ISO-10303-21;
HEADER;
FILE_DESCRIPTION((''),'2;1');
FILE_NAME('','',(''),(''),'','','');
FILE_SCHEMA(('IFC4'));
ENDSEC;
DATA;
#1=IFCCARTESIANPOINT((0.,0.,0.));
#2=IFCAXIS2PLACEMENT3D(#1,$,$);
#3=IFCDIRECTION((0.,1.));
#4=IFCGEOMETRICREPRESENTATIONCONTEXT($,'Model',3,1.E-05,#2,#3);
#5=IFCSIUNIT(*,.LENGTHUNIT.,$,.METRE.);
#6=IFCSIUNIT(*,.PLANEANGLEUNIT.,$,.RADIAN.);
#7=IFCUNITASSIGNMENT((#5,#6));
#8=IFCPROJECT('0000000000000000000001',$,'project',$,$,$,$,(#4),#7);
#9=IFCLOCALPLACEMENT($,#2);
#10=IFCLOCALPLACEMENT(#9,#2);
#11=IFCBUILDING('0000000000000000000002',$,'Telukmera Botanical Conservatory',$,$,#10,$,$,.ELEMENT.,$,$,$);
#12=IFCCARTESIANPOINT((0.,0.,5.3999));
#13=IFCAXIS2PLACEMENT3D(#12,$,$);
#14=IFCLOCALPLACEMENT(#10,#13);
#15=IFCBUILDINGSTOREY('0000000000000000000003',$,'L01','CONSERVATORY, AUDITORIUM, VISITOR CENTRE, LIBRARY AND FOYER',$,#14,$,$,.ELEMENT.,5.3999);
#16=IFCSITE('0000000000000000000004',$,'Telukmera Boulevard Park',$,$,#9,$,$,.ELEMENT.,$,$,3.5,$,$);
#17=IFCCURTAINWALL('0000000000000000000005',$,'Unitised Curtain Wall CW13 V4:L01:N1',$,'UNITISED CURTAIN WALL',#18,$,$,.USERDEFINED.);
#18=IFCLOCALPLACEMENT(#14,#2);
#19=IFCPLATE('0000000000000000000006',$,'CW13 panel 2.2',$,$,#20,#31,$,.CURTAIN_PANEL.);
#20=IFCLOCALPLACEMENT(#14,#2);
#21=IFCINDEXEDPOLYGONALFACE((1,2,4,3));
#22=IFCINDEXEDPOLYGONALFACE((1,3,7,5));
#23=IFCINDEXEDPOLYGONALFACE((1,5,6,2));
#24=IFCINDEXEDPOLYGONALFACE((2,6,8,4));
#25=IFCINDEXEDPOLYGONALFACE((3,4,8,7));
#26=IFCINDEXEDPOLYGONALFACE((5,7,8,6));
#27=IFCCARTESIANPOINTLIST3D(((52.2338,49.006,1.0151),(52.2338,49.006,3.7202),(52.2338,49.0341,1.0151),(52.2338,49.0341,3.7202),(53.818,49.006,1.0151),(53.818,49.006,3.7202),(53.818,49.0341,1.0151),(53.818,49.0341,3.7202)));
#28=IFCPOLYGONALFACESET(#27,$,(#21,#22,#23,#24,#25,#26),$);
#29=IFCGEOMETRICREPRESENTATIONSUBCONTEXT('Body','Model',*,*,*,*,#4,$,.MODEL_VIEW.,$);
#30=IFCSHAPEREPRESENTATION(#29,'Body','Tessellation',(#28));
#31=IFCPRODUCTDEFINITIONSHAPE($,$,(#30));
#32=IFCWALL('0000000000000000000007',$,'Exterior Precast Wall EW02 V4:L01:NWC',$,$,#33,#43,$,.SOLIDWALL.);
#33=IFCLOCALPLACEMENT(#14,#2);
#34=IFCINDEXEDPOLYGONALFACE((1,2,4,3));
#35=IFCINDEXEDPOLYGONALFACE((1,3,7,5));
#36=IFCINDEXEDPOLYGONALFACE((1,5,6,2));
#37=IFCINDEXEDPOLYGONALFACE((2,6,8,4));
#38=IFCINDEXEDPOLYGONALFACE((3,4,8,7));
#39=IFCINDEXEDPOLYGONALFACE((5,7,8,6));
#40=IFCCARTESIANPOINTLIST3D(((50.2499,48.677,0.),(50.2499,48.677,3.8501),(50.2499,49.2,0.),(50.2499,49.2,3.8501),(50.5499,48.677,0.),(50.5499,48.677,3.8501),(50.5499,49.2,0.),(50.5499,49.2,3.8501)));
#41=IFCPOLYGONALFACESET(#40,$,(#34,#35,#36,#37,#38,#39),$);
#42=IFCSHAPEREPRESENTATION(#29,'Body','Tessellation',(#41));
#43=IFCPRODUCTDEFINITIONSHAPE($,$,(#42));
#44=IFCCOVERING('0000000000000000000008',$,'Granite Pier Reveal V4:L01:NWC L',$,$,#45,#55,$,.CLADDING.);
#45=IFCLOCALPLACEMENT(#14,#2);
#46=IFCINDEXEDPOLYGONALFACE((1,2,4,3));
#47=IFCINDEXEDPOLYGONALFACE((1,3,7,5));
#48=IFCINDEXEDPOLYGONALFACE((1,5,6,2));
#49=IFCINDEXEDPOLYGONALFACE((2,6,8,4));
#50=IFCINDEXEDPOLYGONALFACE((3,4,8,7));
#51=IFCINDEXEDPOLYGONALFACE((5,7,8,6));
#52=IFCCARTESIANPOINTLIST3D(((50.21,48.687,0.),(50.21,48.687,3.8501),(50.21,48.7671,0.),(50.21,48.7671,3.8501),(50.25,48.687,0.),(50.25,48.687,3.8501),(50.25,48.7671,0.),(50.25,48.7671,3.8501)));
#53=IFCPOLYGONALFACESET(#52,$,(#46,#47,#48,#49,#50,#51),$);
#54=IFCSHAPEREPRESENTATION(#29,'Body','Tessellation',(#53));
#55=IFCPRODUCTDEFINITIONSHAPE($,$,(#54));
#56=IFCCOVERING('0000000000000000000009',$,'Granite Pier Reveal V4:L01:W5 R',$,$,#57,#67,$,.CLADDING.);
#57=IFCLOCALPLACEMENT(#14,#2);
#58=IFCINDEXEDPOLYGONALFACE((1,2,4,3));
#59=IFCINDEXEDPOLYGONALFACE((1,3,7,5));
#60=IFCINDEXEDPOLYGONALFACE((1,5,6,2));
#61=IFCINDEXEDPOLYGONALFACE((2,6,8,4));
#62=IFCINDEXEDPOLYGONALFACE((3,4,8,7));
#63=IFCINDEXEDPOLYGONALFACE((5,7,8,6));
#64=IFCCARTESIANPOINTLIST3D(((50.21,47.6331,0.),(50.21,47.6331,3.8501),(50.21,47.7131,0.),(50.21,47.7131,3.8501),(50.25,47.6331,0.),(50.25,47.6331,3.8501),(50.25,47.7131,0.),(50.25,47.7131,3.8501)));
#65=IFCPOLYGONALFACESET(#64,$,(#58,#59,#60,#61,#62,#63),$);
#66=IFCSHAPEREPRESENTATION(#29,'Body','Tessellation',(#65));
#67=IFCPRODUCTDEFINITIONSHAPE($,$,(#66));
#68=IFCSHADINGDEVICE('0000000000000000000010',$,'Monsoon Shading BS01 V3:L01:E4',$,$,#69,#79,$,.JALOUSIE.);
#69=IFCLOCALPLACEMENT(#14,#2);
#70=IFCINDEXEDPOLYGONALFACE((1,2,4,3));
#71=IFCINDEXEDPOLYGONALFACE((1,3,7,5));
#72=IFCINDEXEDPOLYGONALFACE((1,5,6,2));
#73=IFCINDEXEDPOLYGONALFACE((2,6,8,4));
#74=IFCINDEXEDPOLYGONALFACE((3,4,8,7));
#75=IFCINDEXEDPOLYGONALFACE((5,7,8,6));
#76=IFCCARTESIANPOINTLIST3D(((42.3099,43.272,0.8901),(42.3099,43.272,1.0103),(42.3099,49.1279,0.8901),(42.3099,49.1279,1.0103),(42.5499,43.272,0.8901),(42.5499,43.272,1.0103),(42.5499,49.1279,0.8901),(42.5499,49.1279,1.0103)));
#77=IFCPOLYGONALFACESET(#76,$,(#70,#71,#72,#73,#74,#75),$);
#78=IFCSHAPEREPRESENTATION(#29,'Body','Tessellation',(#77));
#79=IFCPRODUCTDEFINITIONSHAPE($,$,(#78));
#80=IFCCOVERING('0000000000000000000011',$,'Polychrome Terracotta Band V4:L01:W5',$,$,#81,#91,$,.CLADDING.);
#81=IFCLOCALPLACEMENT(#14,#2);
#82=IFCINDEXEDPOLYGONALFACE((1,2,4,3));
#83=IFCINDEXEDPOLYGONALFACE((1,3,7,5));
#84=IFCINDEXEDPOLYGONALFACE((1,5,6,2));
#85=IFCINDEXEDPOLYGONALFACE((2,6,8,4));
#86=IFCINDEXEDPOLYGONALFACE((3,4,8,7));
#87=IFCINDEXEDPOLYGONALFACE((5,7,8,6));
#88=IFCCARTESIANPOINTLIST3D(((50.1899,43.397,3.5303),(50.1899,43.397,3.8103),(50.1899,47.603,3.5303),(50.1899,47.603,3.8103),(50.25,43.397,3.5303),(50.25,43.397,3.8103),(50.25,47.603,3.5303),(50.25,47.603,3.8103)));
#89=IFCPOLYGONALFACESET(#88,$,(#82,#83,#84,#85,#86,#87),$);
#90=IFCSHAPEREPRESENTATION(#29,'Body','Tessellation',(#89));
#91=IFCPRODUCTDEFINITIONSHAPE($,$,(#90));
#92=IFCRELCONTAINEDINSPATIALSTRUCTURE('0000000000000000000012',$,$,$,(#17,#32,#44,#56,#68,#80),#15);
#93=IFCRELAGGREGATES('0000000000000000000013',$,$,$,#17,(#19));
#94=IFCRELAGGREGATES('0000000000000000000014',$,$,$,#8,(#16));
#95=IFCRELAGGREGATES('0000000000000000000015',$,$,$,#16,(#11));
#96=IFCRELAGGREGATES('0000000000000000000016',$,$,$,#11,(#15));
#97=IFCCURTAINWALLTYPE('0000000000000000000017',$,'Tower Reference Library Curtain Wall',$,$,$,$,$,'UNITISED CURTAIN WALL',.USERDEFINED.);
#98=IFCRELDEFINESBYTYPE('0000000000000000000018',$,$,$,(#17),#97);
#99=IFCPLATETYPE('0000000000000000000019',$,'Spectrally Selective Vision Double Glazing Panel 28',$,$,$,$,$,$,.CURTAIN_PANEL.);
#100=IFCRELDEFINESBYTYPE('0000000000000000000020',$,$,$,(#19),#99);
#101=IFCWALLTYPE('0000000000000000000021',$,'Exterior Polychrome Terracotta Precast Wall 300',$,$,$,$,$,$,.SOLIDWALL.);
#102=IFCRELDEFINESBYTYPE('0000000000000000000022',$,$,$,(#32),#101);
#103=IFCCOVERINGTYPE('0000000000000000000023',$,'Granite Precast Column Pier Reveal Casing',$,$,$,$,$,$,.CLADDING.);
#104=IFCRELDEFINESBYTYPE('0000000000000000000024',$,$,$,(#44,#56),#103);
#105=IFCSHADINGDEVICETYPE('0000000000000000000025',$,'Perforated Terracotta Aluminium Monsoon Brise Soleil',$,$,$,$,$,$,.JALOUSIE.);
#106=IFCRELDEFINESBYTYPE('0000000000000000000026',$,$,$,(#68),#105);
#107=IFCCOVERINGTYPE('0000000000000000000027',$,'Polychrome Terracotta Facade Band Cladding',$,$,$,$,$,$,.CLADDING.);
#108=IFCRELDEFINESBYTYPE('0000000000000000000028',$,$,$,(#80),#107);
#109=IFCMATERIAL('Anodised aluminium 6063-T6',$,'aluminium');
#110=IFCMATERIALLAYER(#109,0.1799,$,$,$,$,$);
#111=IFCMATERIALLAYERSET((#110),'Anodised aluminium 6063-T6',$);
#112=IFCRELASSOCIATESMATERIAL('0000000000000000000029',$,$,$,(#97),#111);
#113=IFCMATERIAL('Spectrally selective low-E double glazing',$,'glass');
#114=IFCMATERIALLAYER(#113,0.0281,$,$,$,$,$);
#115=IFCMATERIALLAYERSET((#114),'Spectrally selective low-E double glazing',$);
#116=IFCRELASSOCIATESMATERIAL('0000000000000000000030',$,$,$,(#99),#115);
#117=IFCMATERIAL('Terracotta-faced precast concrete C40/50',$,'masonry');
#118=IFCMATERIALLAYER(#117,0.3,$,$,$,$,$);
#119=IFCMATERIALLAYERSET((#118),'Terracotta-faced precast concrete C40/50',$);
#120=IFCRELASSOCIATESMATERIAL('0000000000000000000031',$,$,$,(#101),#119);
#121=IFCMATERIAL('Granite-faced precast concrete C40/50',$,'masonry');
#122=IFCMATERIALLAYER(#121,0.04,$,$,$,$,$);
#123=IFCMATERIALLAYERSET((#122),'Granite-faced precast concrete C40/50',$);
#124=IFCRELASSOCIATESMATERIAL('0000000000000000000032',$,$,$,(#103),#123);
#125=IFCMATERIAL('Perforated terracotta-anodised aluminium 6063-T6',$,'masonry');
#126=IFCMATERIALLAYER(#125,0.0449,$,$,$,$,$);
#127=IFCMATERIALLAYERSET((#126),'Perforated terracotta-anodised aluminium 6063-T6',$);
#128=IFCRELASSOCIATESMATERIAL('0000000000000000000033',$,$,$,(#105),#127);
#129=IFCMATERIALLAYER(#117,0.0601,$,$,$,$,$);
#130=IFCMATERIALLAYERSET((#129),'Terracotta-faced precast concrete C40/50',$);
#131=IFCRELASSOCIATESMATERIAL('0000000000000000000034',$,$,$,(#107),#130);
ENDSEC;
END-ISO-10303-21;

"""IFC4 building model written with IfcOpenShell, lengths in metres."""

from ifc_helpers import new_model, si_unit, direction, frame, frame_2d, origin, origin_2d, place, context, subcontext, project, spatial, rectangle, extrude, material, layer, layer_set, type_object, element, aggregate, save


model = new_model("IFC4")

# Units and contexts
model_context = context("Model", 3, precision=1e-05, world=origin(), true_north=direction((0.0, 1.0)))
body_context = subcontext(model_context, "Body", "Model", "MODEL_VIEW")
ifc_project = project(units=[si_unit("LENGTHUNIT", "METRE"), si_unit("PLANEANGLEUNIT", "RADIAN")], contexts=[model_context])

# Site, building, storey
site_placement = place(None, origin())
site = spatial("IfcSite", under=ifc_project, at=site_placement, Name="Telukmera Boulevard Park", CompositionType="ELEMENT", RefElevation=3.5)
building_placement = place(site_placement, origin())
building = spatial("IfcBuilding", under=site, at=building_placement, Name="Telukmera Botanical Conservatory", CompositionType="ELEMENT")
storey_placement = place(building_placement, frame((0.0, 0.0, 5.3999)))
storey = spatial("IfcBuildingStorey", under=building, at=storey_placement, Name="L01", Description="CONSERVATORY, AUDITORIUM, VISITOR CENTRE, LIBRARY AND FOYER", CompositionType="ELEMENT", Elevation=5.3999)

# Curtain wall, plate
ifc_material_1 = material(Name="Anodised aluminium 6063-T6", Category="aluminium")
ifc_layer_1 = layer(ifc_material_1, 0.1799)
ifc_layer_set_1 = layer_set([ifc_layer_1], Name="Anodised aluminium 6063-T6")
curtain_wall_type = type_object("IfcCurtainWallType", Name="Tower Reference Library Curtain Wall", ElementType="UNITISED CURTAIN WALL", PredefinedType="USERDEFINED", material=ifc_layer_set_1)
curtain_wall_placement = place(storey_placement, origin())
curtain_wall = element("IfcCurtainWall", 1, at=curtain_wall_placement, inside=storey, type_object=curtain_wall_type, Name="Unitised Curtain Wall CW13 V4:L01:N1", ObjectType="UNITISED CURTAIN WALL", PredefinedType="USERDEFINED")
ifc_material_2 = material(Name="Spectrally selective low-E double glazing", Category="glass")
ifc_layer_2 = layer(ifc_material_2, 0.0281)
ifc_layer_set_2 = layer_set([ifc_layer_2], Name="Spectrally selective low-E double glazing")
plate_type = type_object("IfcPlateType", Name="Spectrally Selective Vision Double Glazing Panel 28", PredefinedType="CURTAIN_PANEL", material=ifc_layer_set_2)
plate_1_placement = place(storey_placement, frame((53.0259, 49.02, 1.0151), z_axis=(0.0, 0.0, 1.0), x_axis=(1.0, 0.0, 0.0)))
plate_1 = element("IfcPlate", 2, at=plate_1_placement, type_object=plate_type, Name="CW13 panel 2.2", PredefinedType="CURTAIN_PANEL", context=body_context, shape_type="SweptSolid", body=[
    extrude(rectangle(XDim=1.5842, YDim=0.0281, at=origin_2d()), origin(), (0.0, 0.0, 1.0), 2.7051),
])
aggregate(curtain_wall, [plate_1])

# Wall
ifc_material_3 = material(Name="Terracotta-faced precast concrete C40/50", Category="masonry")
ifc_layer_3 = layer(ifc_material_3, 0.3)
ifc_layer_set_3 = layer_set([ifc_layer_3], Name="Terracotta-faced precast concrete C40/50")
wall_type = type_object("IfcWallType", Name="Exterior Polychrome Terracotta Precast Wall 300", PredefinedType="SOLIDWALL", material=ifc_layer_set_3)
wall_placement = place(storey_placement, frame((50.3999, 48.677, 0.0), z_axis=(0.0, 0.0, 1.0), x_axis=(0.0, 1.0, 0.0)))
element("IfcWall", 3, at=wall_placement, inside=storey, type_object=wall_type, Name="Exterior Precast Wall EW02 V4:L01:NWC", PredefinedType="SOLIDWALL", context=body_context, shape_type="SweptSolid", body=[
    extrude(rectangle(XDim=0.5229, YDim=0.3, at=frame_2d((0.2615, 0.0))), origin(), (0.0, 0.0, 1.0), 3.8501),
])

# Coverings
ifc_material_4 = material(Name="Granite-faced precast concrete C40/50", Category="masonry")
ifc_layer_4 = layer(ifc_material_4, 0.04)
ifc_layer_set_4 = layer_set([ifc_layer_4], Name="Granite-faced precast concrete C40/50")
covering_type_1 = type_object("IfcCoveringType", Name="Granite Precast Column Pier Reveal Casing", PredefinedType="CLADDING", material=ifc_layer_set_4)
for number, where, z_axis, x_axis, name in (
    (4, (50.23, 48.7271, 0.0), (0.0, 0.0, 1.0), (0.0, 1.0, 0.0), "Granite Pier Reveal V4:L01:NWC L"),
    (5, (50.23, 47.6731, 0.0), (0.0, 0.0, 1.0), (0.0, 1.0, 0.0), "Granite Pier Reveal V4:L01:W5 R"),
):
    element("IfcCovering", number, at=place(storey_placement, frame(where, z_axis=z_axis, x_axis=x_axis)), inside=storey, type_object=covering_type_1, Name=name, PredefinedType="CLADDING", context=body_context, shape_type="SweptSolid", body=[
        extrude(rectangle(XDim=0.0801, YDim=0.04, at=origin_2d()), origin(), (0.0, 0.0, 1.0), 3.8501),
    ])

# Shading device
ifc_material_5 = material(Name="Perforated terracotta-anodised aluminium 6063-T6", Category="masonry")
ifc_layer_5 = layer(ifc_material_5, 0.0449)
ifc_layer_set_5 = layer_set([ifc_layer_5], Name="Perforated terracotta-anodised aluminium 6063-T6")
shading_device_type = type_object("IfcShadingDeviceType", Name="Perforated Terracotta Aluminium Monsoon Brise Soleil", PredefinedType="JALOUSIE", material=ifc_layer_set_5)
shading_device_placement = place(storey_placement, frame((42.4299, 46.2, 0.8901), z_axis=(0.0, 0.0, 1.0), x_axis=(0.0, 1.0, 0.0)))
element("IfcShadingDevice", 6, at=shading_device_placement, inside=storey, type_object=shading_device_type, Name="Monsoon Shading BS01 V3:L01:E4", PredefinedType="JALOUSIE", context=body_context, shape_type="SweptSolid", body=[
    extrude(rectangle(XDim=5.856, YDim=0.24, at=origin_2d()), origin(), (0.0, 0.0, 1.0), 0.1201),
])

# Covering
ifc_layer_6 = layer(ifc_material_3, 0.0601)
ifc_layer_set_6 = layer_set([ifc_layer_6], Name="Terracotta-faced precast concrete C40/50")
covering_type_2 = type_object("IfcCoveringType", Name="Polychrome Terracotta Facade Band Cladding", PredefinedType="CLADDING", material=ifc_layer_set_6)
covering_placement = place(storey_placement, frame((50.22, 45.5, 3.5303), z_axis=(0.0, 0.0, 1.0), x_axis=(0.0, 1.0, 0.0)))
element("IfcCovering", 7, at=covering_placement, inside=storey, type_object=covering_type_2, Name="Polychrome Terracotta Band V4:L01:W5", PredefinedType="CLADDING", context=body_context, shape_type="SweptSolid", body=[
    extrude(rectangle(XDim=4.2061, YDim=0.0601, at=origin_2d()), origin(), (0.0, 0.0, 1.0), 0.28),
])

save(model, "model.ifc")
